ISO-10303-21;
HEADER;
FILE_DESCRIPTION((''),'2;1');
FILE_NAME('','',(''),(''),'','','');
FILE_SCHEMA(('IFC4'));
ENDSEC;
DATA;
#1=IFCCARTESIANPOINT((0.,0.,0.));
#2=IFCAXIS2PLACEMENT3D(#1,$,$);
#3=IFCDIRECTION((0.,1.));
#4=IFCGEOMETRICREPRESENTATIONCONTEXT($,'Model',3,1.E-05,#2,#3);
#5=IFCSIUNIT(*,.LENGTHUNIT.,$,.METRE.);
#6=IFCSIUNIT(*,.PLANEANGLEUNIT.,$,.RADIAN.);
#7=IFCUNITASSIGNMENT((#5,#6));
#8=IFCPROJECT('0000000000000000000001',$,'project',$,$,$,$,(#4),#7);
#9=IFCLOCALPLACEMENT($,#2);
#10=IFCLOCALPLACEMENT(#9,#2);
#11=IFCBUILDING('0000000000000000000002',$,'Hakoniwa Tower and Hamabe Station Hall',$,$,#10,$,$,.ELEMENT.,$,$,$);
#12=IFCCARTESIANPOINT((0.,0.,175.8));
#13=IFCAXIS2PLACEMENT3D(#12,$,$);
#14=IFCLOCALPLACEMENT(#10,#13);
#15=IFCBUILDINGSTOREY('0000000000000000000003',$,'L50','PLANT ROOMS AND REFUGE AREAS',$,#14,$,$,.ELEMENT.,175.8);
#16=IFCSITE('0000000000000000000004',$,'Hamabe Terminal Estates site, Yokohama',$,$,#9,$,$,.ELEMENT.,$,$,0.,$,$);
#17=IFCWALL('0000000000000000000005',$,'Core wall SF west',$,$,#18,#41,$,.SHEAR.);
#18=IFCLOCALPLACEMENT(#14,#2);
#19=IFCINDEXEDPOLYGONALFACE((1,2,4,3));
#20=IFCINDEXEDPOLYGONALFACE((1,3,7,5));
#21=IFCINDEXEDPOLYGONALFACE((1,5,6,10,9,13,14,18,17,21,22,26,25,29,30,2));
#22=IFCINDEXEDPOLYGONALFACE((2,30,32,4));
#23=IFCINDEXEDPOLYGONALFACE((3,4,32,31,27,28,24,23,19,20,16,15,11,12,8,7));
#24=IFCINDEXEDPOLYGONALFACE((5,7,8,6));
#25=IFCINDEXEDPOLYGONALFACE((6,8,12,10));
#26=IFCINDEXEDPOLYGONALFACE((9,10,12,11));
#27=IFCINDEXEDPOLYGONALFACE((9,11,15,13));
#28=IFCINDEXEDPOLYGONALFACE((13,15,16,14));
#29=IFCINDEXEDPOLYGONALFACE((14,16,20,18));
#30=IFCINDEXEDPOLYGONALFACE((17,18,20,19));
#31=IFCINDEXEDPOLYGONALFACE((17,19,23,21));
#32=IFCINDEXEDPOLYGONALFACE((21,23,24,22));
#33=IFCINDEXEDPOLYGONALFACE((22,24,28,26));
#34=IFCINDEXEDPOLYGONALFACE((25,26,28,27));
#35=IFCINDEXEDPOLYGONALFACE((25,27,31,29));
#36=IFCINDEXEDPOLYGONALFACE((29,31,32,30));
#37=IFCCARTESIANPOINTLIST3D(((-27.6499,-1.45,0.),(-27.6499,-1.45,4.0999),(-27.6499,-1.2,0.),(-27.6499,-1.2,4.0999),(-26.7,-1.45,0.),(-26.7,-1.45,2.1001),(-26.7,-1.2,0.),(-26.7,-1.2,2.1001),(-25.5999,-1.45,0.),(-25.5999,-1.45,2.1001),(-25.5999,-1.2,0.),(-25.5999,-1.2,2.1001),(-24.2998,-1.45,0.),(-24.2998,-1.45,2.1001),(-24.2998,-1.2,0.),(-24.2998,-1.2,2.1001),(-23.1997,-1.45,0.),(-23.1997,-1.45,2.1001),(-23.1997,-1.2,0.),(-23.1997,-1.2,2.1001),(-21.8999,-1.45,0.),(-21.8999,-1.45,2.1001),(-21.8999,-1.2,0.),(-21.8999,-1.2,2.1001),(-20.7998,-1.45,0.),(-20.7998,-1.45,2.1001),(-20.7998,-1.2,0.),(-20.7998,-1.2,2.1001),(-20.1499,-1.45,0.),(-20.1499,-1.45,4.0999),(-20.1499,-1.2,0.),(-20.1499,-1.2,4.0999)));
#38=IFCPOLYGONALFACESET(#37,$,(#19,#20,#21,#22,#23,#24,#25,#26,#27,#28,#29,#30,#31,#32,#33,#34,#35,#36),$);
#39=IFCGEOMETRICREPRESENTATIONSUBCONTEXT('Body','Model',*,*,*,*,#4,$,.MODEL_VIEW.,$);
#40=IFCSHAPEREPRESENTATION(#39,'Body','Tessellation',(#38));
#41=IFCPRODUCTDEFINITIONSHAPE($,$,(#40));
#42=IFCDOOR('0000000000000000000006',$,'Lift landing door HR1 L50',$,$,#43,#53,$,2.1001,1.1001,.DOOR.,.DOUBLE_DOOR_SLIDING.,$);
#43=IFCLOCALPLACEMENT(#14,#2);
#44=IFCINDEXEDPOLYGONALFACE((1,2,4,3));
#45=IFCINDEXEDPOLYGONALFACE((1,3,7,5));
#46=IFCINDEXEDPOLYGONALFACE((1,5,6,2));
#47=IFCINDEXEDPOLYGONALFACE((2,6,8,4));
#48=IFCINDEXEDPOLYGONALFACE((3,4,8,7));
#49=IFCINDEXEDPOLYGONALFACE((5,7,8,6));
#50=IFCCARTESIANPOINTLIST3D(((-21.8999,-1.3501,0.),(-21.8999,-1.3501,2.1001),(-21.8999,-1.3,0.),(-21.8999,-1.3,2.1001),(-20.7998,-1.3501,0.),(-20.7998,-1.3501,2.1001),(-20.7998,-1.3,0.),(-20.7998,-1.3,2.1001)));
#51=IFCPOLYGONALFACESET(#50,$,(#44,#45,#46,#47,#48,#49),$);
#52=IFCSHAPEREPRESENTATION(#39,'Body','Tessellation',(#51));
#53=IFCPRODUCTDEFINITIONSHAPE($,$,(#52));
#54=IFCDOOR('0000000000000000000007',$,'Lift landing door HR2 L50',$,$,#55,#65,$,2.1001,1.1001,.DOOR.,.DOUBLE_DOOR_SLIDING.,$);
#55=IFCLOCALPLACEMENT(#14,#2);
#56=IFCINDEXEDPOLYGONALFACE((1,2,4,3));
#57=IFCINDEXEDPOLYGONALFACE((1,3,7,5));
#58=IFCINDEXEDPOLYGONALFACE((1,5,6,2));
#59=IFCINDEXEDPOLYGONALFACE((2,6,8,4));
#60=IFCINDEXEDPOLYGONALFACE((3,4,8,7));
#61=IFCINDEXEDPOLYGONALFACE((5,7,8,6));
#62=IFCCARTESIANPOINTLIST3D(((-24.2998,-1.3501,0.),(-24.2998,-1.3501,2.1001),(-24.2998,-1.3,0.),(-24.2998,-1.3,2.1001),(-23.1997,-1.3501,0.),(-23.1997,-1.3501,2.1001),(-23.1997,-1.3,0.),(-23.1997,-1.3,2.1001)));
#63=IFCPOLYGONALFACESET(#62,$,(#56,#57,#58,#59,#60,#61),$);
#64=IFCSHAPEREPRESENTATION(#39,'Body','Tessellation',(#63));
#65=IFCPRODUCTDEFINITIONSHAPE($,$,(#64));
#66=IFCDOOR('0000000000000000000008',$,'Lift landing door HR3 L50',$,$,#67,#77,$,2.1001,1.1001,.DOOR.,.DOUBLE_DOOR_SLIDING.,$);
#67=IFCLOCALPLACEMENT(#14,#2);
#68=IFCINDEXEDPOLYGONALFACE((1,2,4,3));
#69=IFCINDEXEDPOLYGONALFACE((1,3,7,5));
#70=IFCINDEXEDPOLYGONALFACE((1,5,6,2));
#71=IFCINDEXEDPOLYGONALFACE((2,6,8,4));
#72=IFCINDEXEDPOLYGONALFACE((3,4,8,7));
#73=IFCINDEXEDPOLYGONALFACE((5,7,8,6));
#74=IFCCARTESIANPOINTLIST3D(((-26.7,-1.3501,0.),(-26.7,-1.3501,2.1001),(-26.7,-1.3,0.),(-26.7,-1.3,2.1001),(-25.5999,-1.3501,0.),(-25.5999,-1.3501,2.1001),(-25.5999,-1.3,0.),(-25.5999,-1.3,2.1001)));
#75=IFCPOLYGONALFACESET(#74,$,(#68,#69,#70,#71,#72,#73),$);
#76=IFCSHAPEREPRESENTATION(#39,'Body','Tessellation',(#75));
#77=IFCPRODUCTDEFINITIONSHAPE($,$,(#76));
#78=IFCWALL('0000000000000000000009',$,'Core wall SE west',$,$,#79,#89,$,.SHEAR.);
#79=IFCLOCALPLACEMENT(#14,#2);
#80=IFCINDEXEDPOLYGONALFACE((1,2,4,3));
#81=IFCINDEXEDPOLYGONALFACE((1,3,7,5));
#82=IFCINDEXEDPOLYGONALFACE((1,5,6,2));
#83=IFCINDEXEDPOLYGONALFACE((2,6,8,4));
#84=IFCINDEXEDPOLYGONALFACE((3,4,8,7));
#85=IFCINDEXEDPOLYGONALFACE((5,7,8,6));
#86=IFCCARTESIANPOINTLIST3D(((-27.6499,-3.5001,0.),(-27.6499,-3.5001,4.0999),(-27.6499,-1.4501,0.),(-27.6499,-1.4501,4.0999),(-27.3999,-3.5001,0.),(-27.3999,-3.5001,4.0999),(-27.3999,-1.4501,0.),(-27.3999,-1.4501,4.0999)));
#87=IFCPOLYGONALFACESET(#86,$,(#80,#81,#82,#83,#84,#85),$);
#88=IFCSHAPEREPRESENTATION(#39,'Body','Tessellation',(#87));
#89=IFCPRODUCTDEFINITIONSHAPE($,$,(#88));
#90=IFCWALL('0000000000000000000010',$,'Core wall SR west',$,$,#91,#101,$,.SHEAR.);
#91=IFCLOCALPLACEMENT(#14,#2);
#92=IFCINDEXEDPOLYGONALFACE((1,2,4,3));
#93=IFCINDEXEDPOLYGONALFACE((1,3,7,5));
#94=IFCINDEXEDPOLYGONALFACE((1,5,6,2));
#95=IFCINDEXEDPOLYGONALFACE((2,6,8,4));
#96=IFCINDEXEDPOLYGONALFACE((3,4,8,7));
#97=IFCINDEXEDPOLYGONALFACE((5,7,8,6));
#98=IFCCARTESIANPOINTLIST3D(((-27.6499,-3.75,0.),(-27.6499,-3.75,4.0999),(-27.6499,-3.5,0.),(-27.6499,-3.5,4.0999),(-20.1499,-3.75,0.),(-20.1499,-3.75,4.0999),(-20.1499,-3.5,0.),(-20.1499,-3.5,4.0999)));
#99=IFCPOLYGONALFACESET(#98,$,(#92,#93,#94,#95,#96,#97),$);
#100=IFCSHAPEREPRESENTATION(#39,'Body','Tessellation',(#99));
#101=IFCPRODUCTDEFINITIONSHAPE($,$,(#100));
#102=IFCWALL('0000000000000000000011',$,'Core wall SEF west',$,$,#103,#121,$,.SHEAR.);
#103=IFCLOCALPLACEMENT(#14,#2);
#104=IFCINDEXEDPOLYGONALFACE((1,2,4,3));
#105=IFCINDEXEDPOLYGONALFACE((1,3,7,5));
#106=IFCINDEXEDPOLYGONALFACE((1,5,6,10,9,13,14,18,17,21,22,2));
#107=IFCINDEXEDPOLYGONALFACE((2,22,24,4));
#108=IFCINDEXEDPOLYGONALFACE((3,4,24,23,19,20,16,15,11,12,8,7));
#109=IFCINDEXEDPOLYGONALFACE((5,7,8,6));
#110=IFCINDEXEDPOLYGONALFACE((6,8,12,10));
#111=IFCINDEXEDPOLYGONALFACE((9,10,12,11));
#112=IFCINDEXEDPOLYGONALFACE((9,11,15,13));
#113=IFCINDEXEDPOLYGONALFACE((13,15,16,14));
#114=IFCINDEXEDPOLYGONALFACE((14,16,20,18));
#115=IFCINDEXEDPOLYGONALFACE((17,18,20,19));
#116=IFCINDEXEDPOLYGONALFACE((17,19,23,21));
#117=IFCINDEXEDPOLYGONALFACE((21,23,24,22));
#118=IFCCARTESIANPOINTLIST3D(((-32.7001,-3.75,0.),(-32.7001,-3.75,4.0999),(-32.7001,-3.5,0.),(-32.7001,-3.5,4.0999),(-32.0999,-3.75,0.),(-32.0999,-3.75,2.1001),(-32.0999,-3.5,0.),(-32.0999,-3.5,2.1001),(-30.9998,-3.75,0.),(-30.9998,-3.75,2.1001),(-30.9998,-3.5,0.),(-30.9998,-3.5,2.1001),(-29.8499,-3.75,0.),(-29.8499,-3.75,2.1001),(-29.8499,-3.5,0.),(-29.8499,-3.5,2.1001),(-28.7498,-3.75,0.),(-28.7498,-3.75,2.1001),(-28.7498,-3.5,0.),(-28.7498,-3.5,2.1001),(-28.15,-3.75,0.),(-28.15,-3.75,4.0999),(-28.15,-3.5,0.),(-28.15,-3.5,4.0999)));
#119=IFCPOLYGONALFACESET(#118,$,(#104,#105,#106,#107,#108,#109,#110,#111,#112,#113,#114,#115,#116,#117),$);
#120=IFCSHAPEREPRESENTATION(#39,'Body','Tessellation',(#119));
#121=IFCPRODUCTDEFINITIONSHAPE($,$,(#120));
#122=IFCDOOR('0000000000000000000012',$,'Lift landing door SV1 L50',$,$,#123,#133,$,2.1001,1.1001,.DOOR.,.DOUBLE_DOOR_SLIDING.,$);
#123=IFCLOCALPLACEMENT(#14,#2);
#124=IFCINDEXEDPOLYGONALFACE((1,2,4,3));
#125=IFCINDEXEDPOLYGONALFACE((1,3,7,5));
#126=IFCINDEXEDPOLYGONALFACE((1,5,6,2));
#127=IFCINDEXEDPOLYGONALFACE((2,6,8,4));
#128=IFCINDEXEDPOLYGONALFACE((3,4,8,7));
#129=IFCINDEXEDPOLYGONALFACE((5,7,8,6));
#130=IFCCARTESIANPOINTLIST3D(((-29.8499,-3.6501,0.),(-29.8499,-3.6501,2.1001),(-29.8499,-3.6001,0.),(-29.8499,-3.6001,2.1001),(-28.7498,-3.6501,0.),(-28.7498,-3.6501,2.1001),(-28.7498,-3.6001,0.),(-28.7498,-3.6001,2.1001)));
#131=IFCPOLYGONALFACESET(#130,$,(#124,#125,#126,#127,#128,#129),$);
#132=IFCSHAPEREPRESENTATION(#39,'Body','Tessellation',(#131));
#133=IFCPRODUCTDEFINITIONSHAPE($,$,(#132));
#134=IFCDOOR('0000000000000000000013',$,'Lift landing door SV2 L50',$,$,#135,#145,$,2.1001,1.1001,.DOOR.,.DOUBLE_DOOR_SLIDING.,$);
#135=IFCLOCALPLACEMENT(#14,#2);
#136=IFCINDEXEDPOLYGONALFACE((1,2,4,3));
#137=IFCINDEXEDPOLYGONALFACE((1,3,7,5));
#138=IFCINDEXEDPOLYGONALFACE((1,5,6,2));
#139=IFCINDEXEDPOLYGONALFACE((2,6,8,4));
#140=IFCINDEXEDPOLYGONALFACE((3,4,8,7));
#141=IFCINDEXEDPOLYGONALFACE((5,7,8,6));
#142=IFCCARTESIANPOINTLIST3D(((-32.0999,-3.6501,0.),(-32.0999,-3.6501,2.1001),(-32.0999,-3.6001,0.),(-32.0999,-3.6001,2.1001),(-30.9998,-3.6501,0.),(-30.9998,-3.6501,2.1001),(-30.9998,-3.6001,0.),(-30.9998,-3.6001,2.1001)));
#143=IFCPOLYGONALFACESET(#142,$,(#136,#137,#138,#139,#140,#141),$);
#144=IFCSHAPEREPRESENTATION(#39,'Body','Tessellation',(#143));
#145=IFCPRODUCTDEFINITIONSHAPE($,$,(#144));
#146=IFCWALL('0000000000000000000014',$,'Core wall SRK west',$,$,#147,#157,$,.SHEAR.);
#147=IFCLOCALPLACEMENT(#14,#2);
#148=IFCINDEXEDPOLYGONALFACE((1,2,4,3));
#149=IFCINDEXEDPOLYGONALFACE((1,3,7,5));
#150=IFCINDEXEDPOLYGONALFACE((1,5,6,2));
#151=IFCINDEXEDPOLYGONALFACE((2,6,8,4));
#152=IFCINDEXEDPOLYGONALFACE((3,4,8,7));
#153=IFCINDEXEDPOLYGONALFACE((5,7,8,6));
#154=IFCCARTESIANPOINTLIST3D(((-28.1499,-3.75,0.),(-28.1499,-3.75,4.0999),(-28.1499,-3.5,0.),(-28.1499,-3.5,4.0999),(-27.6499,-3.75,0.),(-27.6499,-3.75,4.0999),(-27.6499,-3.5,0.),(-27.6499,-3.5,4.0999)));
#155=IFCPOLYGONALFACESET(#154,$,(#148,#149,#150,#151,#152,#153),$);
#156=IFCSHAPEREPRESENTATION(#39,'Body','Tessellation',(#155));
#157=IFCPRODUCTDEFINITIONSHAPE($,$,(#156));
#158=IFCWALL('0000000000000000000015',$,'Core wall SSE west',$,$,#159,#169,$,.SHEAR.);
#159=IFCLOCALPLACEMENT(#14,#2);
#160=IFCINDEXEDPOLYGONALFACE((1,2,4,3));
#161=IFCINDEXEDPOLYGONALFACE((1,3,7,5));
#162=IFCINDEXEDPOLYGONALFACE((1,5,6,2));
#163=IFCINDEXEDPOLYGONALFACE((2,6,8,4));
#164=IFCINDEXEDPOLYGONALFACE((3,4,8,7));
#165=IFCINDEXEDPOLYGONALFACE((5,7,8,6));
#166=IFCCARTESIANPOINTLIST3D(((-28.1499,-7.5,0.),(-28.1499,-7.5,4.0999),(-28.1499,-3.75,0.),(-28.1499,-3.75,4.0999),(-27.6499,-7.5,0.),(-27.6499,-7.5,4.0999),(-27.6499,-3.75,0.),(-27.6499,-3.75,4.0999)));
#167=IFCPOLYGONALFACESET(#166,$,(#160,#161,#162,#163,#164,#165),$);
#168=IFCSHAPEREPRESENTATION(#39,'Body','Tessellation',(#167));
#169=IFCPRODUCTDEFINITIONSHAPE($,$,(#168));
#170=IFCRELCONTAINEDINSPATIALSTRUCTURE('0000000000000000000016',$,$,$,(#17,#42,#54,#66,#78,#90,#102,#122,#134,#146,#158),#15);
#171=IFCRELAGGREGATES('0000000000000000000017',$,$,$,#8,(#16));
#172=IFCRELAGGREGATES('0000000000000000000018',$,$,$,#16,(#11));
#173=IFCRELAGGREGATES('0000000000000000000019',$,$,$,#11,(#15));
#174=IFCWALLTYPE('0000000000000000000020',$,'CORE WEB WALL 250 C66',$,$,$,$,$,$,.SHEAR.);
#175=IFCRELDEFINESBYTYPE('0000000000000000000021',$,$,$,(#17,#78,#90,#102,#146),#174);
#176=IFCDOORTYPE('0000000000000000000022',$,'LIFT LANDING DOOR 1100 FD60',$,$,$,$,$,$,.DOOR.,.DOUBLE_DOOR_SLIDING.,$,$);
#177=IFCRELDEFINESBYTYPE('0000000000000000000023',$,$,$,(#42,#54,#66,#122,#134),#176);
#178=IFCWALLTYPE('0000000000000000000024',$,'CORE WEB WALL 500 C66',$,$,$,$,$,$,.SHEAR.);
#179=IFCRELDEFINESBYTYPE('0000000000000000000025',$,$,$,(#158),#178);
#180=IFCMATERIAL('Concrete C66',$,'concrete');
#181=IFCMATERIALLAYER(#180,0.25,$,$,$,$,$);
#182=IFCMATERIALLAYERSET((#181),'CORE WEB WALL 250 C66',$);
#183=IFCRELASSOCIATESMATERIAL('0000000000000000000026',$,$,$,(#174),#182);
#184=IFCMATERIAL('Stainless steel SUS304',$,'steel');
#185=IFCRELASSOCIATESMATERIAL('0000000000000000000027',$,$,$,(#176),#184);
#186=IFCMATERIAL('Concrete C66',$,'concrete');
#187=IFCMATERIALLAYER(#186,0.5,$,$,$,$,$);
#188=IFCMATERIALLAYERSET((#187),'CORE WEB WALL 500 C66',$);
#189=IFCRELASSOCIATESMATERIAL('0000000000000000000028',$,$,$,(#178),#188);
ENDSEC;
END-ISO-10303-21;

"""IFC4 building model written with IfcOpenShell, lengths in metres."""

from ifc_helpers import new_model, si_unit, direction, frame, frame_2d, origin, place, context, subcontext, project, spatial, rectangle, extrude, material, layer, layer_set, type_object, element, fill, save


model = new_model("IFC4")

# Units and contexts
model_context = context("Model", 3, precision=1e-05, world=origin(), true_north=direction((0.0, 1.0)))
body_context = subcontext(model_context, "Body", "Model", "MODEL_VIEW")
ifc_project = project(units=[si_unit("LENGTHUNIT", "METRE"), si_unit("PLANEANGLEUNIT", "RADIAN")], contexts=[model_context])

# Site, building, storey
site_placement = place(None, origin())
site = spatial("IfcSite", under=ifc_project, at=site_placement, Name="Hamabe Terminal Estates site, Yokohama", CompositionType="ELEMENT", RefElevation=0.0)
building_placement = place(site_placement, origin())
building = spatial("IfcBuilding", under=site, at=building_placement, Name="Hakoniwa Tower and Hamabe Station Hall", CompositionType="ELEMENT")
storey_placement = place(building_placement, frame((0.0, 0.0, 175.8)))
storey = spatial("IfcBuildingStorey", under=building, at=storey_placement, Name="L50", Description="PLANT ROOMS AND REFUGE AREAS", CompositionType="ELEMENT", Elevation=175.8)

# Wall, openings, doors
ifc_material_1 = material(Name="Concrete C66", Category="concrete")
ifc_layer_1 = layer(ifc_material_1, 0.25)
ifc_layer_set_1 = layer_set([ifc_layer_1], Name="CORE WEB WALL 250 C66")
wall_type_1 = type_object("IfcWallType", Name="CORE WEB WALL 250 C66", PredefinedType="SHEAR", material=ifc_layer_set_1)
wall_1_placement = place(storey_placement, frame((-27.6499, -1.325, 0.0), z_axis=(0.0, 0.0, 1.0), x_axis=(1.0, 0.0, 0.0)))
wall_1 = element("IfcWall", 1, at=wall_1_placement, inside=storey, type_object=wall_type_1, Name="Core wall SF west", PredefinedType="SHEAR", context=body_context, shape_type="SweptSolid", body=[
    extrude(rectangle(XDim=7.5, YDim=0.25, at=frame_2d((3.75, 0.0))), origin(), (0.0, 0.0, 1.0), 4.0999),
])
opening_1_placement = place(wall_1_placement, frame((5.75, 0.0, 0.0)))
opening_1 = element("IfcOpeningElement", 2, at=opening_1_placement, cuts=wall_1, PredefinedType="OPENING", context=body_context, shape_type="SweptSolid", body=[
    extrude(rectangle(XDim=1.1001, YDim=2.1001, at=frame_2d((0.55, 1.05))), frame((0.0, 0.135, 0.0), z_axis=(0.0, -1.0, 0.0), x_axis=(1.0, 0.0, 0.0)), (0.0, 0.0, 1.0), 0.27),
])
opening_2_placement = place(wall_1_placement, frame((3.3501, 0.0, 0.0)))
opening_2 = element("IfcOpeningElement", 3, at=opening_2_placement, cuts=wall_1, PredefinedType="OPENING", context=body_context, shape_type="SweptSolid", body=[
    extrude(rectangle(XDim=1.1001, YDim=2.1001, at=frame_2d((0.55, 1.05))), frame((0.0, 0.135, 0.0), z_axis=(0.0, -1.0, 0.0), x_axis=(1.0, 0.0, 0.0)), (0.0, 0.0, 1.0), 0.27),
])
opening_3_placement = place(wall_1_placement, frame((0.95, 0.0, 0.0)))
opening_3 = element("IfcOpeningElement", 4, at=opening_3_placement, cuts=wall_1, PredefinedType="OPENING", context=body_context, shape_type="SweptSolid", body=[
    extrude(rectangle(XDim=1.1001, YDim=2.1001, at=frame_2d((0.55, 1.05))), frame((0.0, 0.135, 0.0), z_axis=(0.0, -1.0, 0.0), x_axis=(1.0, 0.0, 0.0)), (0.0, 0.0, 1.0), 0.27),
])
ifc_material_2 = material(Name="Stainless steel SUS304", Category="steel")
door_type_1 = type_object("IfcDoorType", Name="LIFT LANDING DOOR 1100 FD60", OperationType="DOUBLE_DOOR_SLIDING", PredefinedType="DOOR", material=ifc_material_2)
door_1_placement = place(opening_1_placement, origin())
door_1 = element("IfcDoor", 5, at=door_1_placement, inside=storey, type_object=door_type_1, Name="Lift landing door HR1 L50", OperationType="DOUBLE_DOOR_SLIDING", OverallHeight=2.1001, OverallWidth=1.1001, PredefinedType="DOOR", context=body_context, shape_type="SweptSolid", body=[
    extrude(rectangle(XDim=1.1001, YDim=2.1001, at=frame_2d((0.55, 1.05))), frame((0.0, 0.0249, 0.0), z_axis=(0.0, -1.0, 0.0), x_axis=(1.0, 0.0, 0.0)), (0.0, 0.0, 1.0), 0.05),
])
fill(opening_1, door_1)
door_2_placement = place(opening_2_placement, origin())
door_2 = element("IfcDoor", 6, at=door_2_placement, inside=storey, type_object=door_type_1, Name="Lift landing door HR2 L50", OperationType="DOUBLE_DOOR_SLIDING", OverallHeight=2.1001, OverallWidth=1.1001, PredefinedType="DOOR", context=body_context, shape_type="SweptSolid", body=[
    extrude(rectangle(XDim=1.1001, YDim=2.1001, at=frame_2d((0.55, 1.05))), frame((0.0, 0.0249, 0.0), z_axis=(0.0, -1.0, 0.0), x_axis=(1.0, 0.0, 0.0)), (0.0, 0.0, 1.0), 0.05),
])
fill(opening_2, door_2)
door_3_placement = place(opening_3_placement, origin())
door_3 = element("IfcDoor", 7, at=door_3_placement, inside=storey, type_object=door_type_1, Name="Lift landing door HR3 L50", OperationType="DOUBLE_DOOR_SLIDING", OverallHeight=2.1001, OverallWidth=1.1001, PredefinedType="DOOR", context=body_context, shape_type="SweptSolid", body=[
    extrude(rectangle(XDim=1.1001, YDim=2.1001, at=frame_2d((0.55, 1.05))), frame((0.0, 0.0249, 0.0), z_axis=(0.0, -1.0, 0.0), x_axis=(1.0, 0.0, 0.0)), (0.0, 0.0, 1.0), 0.05),
])
fill(opening_3, door_3)

# Walls
wall_2_placement = place(storey_placement, frame((-27.5249, -3.5, 0.0), z_axis=(0.0, 0.0, 1.0), x_axis=(0.0, 1.0, 0.0)))
element("IfcWall", 8, at=wall_2_placement, inside=storey, type_object=wall_type_1, Name="Core wall SE west", PredefinedType="SHEAR", context=body_context, shape_type="SweptSolid", body=[
    extrude(rectangle(XDim=2.05, YDim=0.25, at=frame_2d((1.0249, 0.0))), origin(), (0.0, 0.0, 1.0), 4.0999),
])
wall_3_placement = place(storey_placement, frame((-27.6499, -3.625, 0.0), z_axis=(0.0, 0.0, 1.0), x_axis=(1.0, 0.0, 0.0)))
element("IfcWall", 9, at=wall_3_placement, inside=storey, type_object=wall_type_1, Name="Core wall SR west", PredefinedType="SHEAR", context=body_context, shape_type="SweptSolid", body=[
    extrude(rectangle(XDim=7.5, YDim=0.25, at=frame_2d((3.75, 0.0))), origin(), (0.0, 0.0, 1.0), 4.0999),
])

# Wall, openings, doors
wall_4_placement = place(storey_placement, frame((-32.7, -3.625, 0.0), z_axis=(0.0, 0.0, 1.0), x_axis=(1.0, 0.0, 0.0)))
wall_4 = element("IfcWall", 10, at=wall_4_placement, inside=storey, type_object=wall_type_1, Name="Core wall SEF west", PredefinedType="SHEAR", context=body_context, shape_type="SweptSolid", body=[
    extrude(rectangle(XDim=4.55, YDim=0.25, at=frame_2d((2.2749, 0.0))), origin(), (0.0, 0.0, 1.0), 4.0999),
])
opening_4_placement = place(wall_4_placement, frame((2.8501, 0.0, 0.0)))
opening_4 = element("IfcOpeningElement", 11, at=opening_4_placement, cuts=wall_4, PredefinedType="OPENING", context=body_context, shape_type="SweptSolid", body=[
    extrude(rectangle(XDim=1.1001, YDim=2.1001, at=frame_2d((0.55, 1.05))), frame((0.0, 0.135, 0.0), z_axis=(0.0, -1.0, 0.0), x_axis=(1.0, 0.0, 0.0)), (0.0, 0.0, 1.0), 0.27),
])
opening_5_placement = place(wall_4_placement, frame((0.6001, 0.0, 0.0)))
opening_5 = element("IfcOpeningElement", 12, at=opening_5_placement, cuts=wall_4, PredefinedType="OPENING", context=body_context, shape_type="SweptSolid", body=[
    extrude(rectangle(XDim=1.1001, YDim=2.1001, at=frame_2d((0.55, 1.05))), frame((0.0, 0.135, 0.0), z_axis=(0.0, -1.0, 0.0), x_axis=(1.0, 0.0, 0.0)), (0.0, 0.0, 1.0), 0.27),
])
door_4_placement = place(opening_4_placement, origin())
door_4 = element("IfcDoor", 13, at=door_4_placement, inside=storey, type_object=door_type_1, Name="Lift landing door SV1 L50", OperationType="DOUBLE_DOOR_SLIDING", OverallHeight=2.1001, OverallWidth=1.1001, PredefinedType="DOOR", context=body_context, shape_type="SweptSolid", body=[
    extrude(rectangle(XDim=1.1001, YDim=2.1001, at=frame_2d((0.55, 1.05))), frame((0.0, 0.0249, 0.0), z_axis=(0.0, -1.0, 0.0), x_axis=(1.0, 0.0, 0.0)), (0.0, 0.0, 1.0), 0.05),
])
fill(opening_4, door_4)
door_5_placement = place(opening_5_placement, origin())
door_5 = element("IfcDoor", 14, at=door_5_placement, inside=storey, type_object=door_type_1, Name="Lift landing door SV2 L50", OperationType="DOUBLE_DOOR_SLIDING", OverallHeight=2.1001, OverallWidth=1.1001, PredefinedType="DOOR", context=body_context, shape_type="SweptSolid", body=[
    extrude(rectangle(XDim=1.1001, YDim=2.1001, at=frame_2d((0.55, 1.05))), frame((0.0, 0.0249, 0.0), z_axis=(0.0, -1.0, 0.0), x_axis=(1.0, 0.0, 0.0)), (0.0, 0.0, 1.0), 0.05),
])
fill(opening_5, door_5)

# Walls
wall_5_placement = place(storey_placement, frame((-28.1499, -3.625, 0.0), z_axis=(0.0, 0.0, 1.0), x_axis=(1.0, 0.0, 0.0)))
element("IfcWall", 15, at=wall_5_placement, inside=storey, type_object=wall_type_1, Name="Core wall SRK west", PredefinedType="SHEAR", context=body_context, shape_type="SweptSolid", body=[
    extrude(rectangle(XDim=0.5, YDim=0.25, at=frame_2d((0.25, 0.0))), origin(), (0.0, 0.0, 1.0), 4.0999),
])
ifc_material_3 = material(Name="Concrete C66", Category="concrete")
ifc_layer_2 = layer(ifc_material_3, 0.5)
ifc_layer_set_2 = layer_set([ifc_layer_2], Name="CORE WEB WALL 500 C66")
wall_type_2 = type_object("IfcWallType", Name="CORE WEB WALL 500 C66", PredefinedType="SHEAR", material=ifc_layer_set_2)
wall_6_placement = place(storey_placement, frame((-27.8999, -7.5, 0.0), z_axis=(0.0, 0.0, 1.0), x_axis=(0.0, 1.0, 0.0)))
element("IfcWall", 16, at=wall_6_placement, inside=storey, type_object=wall_type_2, Name="Core wall SSE west", PredefinedType="SHEAR", context=body_context, shape_type="SweptSolid", body=[
    extrude(rectangle(XDim=3.75, YDim=0.5, at=frame_2d((1.875, 0.0))), origin(), (0.0, 0.0, 1.0), 4.0999),
])

save(model, "model.ifc")
